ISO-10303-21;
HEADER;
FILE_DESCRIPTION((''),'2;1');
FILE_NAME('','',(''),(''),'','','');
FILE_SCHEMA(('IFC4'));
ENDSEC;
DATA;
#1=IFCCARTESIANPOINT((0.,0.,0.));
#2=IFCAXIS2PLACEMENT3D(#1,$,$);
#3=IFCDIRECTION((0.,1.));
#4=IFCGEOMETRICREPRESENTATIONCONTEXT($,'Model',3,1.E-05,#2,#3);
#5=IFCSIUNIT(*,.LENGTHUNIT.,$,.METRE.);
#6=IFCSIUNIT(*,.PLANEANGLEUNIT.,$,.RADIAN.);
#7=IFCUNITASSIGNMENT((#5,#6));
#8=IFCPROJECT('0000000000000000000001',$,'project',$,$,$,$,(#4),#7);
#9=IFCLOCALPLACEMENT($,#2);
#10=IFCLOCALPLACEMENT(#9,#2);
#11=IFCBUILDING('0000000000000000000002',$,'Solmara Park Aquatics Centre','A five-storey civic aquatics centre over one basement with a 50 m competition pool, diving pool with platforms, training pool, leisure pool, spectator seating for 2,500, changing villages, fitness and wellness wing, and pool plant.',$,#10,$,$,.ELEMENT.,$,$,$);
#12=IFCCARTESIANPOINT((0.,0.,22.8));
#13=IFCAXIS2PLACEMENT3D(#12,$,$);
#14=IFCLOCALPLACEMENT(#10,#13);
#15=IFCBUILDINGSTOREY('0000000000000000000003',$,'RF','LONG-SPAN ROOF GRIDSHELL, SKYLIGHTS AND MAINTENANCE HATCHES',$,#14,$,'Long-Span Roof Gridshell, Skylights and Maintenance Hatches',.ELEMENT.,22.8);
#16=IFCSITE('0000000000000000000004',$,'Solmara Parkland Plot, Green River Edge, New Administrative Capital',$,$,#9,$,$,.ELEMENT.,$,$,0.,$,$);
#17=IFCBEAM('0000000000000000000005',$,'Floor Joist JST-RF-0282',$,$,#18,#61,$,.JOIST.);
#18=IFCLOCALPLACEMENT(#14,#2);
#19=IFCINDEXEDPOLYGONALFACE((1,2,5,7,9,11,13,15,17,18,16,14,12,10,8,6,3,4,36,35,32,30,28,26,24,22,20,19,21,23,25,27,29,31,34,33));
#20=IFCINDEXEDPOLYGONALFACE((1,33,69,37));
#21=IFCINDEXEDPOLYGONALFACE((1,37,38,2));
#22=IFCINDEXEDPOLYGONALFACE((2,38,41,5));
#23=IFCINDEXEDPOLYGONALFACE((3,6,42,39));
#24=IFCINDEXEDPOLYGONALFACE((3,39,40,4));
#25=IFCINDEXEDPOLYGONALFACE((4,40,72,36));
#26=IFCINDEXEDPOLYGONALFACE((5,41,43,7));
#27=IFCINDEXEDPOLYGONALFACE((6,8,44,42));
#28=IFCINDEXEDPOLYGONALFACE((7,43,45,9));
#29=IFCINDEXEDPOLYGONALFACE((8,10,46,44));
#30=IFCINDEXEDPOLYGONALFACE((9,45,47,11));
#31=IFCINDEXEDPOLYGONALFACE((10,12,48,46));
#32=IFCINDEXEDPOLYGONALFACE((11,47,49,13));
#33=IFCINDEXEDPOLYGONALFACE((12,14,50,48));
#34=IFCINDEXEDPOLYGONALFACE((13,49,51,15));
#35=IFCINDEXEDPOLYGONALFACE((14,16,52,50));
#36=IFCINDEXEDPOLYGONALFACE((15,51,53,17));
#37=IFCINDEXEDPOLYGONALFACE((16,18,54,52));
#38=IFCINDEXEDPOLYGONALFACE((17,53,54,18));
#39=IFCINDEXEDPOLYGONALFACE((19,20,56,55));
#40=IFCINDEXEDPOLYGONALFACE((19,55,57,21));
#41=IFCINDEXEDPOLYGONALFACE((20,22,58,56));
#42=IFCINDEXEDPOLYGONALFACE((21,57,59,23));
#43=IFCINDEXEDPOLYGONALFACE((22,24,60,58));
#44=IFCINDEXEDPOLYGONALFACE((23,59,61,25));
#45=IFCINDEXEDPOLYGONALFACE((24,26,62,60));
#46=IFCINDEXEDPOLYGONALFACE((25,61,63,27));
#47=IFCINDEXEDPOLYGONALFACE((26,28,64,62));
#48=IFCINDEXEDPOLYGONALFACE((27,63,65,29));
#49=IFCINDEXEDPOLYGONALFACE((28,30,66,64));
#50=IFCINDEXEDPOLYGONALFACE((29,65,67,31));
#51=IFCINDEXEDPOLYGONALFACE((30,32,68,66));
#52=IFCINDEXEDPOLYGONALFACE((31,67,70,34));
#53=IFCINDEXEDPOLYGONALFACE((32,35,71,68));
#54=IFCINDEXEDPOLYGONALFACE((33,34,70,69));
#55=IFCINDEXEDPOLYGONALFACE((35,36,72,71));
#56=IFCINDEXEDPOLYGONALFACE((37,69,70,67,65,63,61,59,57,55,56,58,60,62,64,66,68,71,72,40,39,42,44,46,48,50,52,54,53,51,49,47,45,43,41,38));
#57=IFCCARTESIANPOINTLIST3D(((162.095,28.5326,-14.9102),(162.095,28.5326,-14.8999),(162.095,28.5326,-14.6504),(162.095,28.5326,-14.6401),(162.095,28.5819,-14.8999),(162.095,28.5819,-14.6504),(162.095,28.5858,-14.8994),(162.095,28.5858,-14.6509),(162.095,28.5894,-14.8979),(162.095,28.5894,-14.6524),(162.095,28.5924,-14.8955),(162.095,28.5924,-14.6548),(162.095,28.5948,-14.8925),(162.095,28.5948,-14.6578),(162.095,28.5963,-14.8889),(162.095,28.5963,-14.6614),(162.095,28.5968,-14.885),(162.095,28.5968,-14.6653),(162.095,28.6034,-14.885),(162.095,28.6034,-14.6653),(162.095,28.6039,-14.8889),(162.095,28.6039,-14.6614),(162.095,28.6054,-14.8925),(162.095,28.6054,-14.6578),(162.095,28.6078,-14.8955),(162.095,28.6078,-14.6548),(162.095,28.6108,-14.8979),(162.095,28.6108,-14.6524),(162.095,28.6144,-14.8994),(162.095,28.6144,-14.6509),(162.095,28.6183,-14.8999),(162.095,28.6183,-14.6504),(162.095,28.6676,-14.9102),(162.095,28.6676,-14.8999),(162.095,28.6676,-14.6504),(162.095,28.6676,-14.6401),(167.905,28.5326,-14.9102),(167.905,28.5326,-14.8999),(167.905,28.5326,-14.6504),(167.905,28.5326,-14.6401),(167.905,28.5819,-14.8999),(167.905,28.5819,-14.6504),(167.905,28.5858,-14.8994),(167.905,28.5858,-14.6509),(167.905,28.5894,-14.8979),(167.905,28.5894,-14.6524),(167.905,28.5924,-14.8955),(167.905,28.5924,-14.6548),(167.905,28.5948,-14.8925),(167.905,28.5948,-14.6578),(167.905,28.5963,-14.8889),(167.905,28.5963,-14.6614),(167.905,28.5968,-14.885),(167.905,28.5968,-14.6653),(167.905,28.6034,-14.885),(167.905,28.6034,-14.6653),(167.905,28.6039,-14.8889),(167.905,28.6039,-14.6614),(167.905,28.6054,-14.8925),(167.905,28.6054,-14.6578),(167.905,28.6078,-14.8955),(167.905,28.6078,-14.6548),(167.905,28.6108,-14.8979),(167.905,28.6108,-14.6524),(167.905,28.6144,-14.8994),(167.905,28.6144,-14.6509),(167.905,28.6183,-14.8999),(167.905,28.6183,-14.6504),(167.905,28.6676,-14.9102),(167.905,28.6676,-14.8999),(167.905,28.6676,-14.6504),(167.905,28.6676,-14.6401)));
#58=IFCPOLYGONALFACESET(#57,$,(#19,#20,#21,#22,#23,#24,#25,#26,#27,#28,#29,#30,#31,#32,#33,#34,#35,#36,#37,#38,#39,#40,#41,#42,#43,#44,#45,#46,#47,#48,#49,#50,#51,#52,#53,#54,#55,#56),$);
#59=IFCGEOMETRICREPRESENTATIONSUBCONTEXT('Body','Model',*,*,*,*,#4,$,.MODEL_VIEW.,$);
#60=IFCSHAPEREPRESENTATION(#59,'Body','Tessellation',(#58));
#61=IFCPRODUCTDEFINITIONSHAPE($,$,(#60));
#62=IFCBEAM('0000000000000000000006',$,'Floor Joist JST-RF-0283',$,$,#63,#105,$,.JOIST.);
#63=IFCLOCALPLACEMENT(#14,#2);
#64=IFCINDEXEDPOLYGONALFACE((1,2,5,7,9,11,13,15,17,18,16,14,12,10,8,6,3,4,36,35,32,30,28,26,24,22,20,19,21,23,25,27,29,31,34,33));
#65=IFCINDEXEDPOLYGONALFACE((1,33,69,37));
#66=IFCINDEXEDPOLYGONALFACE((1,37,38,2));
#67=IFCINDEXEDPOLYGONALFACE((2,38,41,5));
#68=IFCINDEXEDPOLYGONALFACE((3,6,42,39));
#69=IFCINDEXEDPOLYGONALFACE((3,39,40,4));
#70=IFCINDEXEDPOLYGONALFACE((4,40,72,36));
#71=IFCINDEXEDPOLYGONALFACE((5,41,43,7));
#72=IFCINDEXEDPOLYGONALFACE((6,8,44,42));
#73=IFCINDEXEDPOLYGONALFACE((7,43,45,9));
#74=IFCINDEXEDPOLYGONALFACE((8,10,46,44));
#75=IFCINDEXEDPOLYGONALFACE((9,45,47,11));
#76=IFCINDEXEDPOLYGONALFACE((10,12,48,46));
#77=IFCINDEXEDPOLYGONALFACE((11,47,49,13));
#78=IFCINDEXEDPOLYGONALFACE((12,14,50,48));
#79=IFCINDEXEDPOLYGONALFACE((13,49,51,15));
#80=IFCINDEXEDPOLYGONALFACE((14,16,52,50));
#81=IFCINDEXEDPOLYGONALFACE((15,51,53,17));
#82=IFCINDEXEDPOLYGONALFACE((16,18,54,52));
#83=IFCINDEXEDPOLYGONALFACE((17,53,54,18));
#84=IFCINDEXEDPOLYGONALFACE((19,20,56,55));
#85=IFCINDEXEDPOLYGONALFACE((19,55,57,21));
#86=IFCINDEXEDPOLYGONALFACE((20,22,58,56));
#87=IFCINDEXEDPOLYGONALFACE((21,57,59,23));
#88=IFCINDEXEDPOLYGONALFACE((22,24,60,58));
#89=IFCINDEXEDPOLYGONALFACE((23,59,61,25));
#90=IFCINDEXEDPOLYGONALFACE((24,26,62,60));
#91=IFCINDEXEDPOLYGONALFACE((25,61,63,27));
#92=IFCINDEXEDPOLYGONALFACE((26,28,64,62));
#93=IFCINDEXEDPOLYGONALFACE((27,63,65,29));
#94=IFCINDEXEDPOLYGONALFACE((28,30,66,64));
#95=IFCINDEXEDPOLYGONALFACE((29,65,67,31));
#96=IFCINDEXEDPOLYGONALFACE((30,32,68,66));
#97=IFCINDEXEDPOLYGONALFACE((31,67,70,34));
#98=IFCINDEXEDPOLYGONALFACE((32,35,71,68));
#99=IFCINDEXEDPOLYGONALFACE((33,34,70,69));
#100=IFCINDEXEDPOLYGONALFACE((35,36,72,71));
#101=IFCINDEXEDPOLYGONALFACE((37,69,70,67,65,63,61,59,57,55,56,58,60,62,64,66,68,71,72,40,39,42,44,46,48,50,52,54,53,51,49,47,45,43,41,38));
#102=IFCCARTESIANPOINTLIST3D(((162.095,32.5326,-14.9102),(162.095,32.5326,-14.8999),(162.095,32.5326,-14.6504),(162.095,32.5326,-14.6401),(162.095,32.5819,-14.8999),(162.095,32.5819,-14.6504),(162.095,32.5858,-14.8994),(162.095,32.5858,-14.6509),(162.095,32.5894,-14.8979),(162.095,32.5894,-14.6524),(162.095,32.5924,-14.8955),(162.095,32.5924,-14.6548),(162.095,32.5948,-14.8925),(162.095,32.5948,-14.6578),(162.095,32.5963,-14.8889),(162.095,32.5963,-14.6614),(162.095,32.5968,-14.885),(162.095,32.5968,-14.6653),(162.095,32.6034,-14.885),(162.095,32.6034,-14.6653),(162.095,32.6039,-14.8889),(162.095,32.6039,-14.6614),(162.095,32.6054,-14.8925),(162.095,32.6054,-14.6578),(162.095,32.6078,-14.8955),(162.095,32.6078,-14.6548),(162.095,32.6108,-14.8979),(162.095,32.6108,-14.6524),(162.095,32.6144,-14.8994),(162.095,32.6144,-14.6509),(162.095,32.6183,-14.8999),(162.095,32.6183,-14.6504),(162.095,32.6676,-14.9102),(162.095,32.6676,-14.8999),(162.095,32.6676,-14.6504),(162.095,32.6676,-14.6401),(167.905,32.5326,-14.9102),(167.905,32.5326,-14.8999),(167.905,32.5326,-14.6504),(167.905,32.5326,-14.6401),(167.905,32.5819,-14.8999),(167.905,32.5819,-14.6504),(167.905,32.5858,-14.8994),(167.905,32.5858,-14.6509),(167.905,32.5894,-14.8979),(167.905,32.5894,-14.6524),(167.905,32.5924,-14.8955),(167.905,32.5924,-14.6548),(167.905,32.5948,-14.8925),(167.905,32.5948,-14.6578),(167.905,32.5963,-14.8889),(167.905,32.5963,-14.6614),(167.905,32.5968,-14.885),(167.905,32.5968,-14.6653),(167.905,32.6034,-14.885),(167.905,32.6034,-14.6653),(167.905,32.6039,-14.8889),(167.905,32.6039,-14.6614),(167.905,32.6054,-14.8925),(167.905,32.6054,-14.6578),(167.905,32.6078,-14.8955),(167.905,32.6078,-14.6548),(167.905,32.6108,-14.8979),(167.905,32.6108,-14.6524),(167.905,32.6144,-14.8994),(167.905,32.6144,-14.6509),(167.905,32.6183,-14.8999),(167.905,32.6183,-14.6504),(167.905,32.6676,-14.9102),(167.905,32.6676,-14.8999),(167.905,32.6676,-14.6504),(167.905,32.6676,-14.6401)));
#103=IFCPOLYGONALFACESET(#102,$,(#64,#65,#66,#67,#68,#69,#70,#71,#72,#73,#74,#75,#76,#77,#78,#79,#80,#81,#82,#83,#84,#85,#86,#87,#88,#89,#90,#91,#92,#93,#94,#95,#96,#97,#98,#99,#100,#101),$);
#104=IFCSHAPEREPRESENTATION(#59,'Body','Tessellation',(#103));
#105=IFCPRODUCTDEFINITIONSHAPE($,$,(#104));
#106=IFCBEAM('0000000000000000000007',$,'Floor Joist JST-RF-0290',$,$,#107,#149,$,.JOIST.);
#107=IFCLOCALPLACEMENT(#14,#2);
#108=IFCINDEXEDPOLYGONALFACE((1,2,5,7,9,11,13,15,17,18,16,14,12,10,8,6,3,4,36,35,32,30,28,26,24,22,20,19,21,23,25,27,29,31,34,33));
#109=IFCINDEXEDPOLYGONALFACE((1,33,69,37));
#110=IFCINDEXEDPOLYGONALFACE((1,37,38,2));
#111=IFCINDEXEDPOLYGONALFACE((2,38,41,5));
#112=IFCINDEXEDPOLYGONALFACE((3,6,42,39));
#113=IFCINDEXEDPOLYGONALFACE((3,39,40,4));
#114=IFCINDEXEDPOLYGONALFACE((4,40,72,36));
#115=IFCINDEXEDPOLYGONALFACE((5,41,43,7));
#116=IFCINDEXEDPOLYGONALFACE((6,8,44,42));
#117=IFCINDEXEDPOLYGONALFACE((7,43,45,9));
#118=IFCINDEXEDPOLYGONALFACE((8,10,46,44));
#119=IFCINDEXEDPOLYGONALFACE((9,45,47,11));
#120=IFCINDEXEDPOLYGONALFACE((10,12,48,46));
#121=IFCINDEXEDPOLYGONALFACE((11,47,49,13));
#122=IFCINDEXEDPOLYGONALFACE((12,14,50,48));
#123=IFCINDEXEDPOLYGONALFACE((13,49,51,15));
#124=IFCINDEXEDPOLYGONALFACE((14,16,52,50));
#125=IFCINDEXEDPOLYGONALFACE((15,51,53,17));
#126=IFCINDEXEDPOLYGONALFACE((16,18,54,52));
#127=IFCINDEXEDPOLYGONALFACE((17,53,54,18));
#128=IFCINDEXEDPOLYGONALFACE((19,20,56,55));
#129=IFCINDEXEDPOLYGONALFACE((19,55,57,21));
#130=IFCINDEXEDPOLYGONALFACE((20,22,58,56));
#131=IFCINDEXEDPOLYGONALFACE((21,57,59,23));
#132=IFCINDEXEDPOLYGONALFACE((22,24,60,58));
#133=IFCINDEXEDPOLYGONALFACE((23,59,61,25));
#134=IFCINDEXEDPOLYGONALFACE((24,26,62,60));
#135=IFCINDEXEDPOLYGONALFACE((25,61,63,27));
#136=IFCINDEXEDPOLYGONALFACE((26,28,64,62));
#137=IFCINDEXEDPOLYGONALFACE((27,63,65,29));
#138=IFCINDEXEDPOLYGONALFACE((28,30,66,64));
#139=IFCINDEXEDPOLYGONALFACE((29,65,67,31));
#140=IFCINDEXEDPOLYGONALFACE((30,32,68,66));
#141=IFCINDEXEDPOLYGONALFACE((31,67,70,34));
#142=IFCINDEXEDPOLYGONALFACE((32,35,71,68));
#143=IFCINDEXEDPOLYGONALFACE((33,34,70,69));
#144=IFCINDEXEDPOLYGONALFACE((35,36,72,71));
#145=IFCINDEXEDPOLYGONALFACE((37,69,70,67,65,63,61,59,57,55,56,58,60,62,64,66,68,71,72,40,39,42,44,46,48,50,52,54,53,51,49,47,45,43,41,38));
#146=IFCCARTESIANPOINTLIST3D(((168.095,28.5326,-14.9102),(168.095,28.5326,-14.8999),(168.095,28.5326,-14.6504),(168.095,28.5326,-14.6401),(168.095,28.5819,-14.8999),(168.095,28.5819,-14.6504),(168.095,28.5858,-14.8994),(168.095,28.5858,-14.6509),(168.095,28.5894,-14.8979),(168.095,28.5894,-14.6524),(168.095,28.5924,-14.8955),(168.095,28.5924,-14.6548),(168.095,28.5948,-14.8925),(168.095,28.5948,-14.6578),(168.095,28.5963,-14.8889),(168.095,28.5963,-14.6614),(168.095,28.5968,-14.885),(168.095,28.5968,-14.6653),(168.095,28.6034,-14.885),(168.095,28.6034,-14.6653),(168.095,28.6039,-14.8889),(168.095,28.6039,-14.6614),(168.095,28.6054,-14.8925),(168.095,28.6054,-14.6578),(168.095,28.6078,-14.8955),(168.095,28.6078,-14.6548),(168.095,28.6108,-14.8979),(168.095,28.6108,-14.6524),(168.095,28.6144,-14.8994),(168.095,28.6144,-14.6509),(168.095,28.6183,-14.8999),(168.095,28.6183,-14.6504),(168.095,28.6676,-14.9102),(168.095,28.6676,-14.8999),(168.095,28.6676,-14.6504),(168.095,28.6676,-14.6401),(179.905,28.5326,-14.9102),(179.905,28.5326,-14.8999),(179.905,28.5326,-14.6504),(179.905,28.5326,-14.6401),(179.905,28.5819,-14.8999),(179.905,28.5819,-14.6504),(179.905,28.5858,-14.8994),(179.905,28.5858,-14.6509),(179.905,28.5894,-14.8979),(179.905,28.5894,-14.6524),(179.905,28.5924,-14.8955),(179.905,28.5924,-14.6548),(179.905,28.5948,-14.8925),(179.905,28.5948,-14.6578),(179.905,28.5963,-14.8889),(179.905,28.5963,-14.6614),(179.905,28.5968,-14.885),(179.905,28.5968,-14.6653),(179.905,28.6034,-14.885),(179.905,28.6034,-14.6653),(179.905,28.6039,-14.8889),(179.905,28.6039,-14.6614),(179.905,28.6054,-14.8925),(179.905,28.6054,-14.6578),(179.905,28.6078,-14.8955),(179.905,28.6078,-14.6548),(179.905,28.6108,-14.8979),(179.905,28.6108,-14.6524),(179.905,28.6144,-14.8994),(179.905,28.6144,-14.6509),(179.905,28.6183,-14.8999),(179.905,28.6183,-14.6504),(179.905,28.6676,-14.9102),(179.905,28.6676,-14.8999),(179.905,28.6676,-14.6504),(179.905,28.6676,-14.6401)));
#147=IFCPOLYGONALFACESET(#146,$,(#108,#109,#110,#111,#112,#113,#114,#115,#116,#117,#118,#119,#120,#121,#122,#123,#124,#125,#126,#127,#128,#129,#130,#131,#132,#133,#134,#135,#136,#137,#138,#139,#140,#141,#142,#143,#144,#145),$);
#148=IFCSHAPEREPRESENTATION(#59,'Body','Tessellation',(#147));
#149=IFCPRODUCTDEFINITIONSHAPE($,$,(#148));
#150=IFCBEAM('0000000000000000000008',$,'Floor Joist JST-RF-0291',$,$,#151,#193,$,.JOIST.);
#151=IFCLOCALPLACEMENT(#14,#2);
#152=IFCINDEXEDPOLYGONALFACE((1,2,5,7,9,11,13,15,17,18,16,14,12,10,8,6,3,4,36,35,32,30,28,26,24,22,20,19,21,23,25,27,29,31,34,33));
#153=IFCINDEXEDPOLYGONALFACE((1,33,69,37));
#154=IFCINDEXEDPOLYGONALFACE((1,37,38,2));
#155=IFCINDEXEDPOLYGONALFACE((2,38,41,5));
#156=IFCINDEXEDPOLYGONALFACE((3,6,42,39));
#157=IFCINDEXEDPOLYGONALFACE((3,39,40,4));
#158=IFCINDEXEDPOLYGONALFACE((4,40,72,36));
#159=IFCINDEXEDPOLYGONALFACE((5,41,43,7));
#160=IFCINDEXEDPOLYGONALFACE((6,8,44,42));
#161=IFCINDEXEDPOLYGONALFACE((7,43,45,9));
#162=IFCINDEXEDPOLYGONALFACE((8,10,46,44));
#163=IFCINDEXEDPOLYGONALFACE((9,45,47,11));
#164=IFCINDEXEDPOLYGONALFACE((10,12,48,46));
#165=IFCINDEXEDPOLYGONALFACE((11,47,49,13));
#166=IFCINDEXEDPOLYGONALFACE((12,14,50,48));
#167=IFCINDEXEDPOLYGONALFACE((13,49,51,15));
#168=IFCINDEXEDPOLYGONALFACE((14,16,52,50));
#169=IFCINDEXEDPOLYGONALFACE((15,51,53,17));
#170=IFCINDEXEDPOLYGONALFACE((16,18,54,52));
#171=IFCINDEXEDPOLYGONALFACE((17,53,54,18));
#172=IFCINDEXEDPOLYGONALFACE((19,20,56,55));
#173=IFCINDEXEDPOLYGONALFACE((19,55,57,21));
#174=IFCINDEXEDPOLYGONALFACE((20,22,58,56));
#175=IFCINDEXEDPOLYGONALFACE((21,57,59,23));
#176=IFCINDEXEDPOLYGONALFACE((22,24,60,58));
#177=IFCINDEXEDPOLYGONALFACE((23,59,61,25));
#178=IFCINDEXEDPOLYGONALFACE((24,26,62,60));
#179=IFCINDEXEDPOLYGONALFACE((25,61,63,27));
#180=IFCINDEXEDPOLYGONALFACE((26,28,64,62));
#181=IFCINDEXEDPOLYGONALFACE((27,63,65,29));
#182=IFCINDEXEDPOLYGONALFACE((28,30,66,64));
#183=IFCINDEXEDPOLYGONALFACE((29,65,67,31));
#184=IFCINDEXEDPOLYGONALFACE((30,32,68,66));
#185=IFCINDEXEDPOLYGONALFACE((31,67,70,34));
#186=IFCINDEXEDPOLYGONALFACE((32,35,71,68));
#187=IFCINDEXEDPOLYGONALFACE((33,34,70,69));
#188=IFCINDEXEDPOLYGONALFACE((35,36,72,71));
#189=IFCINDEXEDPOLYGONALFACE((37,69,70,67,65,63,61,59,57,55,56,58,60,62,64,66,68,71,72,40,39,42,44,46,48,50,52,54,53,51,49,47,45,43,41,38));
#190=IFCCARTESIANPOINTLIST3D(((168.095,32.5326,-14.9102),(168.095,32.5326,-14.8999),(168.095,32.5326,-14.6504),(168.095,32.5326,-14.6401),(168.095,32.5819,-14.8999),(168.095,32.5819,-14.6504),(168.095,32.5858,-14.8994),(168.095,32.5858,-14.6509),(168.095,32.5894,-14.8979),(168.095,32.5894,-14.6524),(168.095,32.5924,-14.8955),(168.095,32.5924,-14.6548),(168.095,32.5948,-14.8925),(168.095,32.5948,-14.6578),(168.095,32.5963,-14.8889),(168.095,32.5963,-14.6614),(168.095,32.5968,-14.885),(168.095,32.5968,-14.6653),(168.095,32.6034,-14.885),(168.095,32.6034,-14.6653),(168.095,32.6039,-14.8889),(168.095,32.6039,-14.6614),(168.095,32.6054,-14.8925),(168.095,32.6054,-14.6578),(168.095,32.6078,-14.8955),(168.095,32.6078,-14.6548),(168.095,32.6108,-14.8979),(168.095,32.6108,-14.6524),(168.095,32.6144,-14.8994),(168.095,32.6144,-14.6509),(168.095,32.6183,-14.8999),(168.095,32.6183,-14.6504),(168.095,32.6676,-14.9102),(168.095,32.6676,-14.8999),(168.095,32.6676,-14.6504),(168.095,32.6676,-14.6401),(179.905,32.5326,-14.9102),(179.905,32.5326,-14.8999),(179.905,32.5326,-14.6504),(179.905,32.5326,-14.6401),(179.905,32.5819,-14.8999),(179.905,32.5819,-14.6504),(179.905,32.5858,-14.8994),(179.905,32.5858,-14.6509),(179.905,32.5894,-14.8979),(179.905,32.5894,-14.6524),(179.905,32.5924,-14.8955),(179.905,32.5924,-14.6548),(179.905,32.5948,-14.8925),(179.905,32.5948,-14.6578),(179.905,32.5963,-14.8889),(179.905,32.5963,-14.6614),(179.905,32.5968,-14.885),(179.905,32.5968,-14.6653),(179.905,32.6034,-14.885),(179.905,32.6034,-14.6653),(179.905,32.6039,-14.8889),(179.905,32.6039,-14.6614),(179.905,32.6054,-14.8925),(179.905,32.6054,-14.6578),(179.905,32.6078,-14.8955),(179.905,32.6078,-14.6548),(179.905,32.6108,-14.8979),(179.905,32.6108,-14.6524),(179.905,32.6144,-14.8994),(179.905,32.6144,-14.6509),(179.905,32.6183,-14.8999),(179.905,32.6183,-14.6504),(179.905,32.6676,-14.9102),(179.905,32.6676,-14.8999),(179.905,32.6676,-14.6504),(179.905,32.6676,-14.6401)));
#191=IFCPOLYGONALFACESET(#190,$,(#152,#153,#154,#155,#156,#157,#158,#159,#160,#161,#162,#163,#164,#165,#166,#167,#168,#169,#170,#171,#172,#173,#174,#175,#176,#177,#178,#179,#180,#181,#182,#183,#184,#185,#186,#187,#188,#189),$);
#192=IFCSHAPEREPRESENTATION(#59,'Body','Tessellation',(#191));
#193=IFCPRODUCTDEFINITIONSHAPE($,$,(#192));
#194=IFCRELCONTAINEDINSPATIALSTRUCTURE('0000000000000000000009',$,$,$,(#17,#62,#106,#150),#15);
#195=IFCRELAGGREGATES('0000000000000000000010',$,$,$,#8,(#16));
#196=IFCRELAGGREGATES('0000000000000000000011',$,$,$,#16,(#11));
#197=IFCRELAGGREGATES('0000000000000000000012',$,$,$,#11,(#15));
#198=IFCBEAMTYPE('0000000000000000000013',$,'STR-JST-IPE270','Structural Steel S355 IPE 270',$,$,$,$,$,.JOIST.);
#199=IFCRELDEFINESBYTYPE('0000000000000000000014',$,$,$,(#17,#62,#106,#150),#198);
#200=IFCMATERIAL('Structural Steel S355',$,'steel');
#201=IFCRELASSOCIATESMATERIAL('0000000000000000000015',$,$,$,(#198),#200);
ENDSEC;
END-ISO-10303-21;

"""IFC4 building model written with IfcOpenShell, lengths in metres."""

from ifc_helpers import new_model, si_unit, direction, frame, origin, origin_2d, place, context, subcontext, project, spatial, i_section, extrude, material, material_profile, profile_set, type_object, element, save


model = new_model("IFC4")

# Units and contexts
model_context = context("Model", 3, precision=1e-05, world=origin(), true_north=direction((0.0, 1.0)))
body_context = subcontext(model_context, "Body", "Model", "MODEL_VIEW")
ifc_project = project(units=[si_unit("LENGTHUNIT", "METRE"), si_unit("PLANEANGLEUNIT", "RADIAN")], contexts=[model_context])

# Site, building, storey
site_placement = place(None, origin())
site = spatial("IfcSite", under=ifc_project, at=site_placement, Name="Solmara Parkland Plot, Green River Edge, New Administrative Capital", CompositionType="ELEMENT", RefElevation=0.0)
building_placement = place(site_placement, origin())
building = spatial("IfcBuilding", under=site, at=building_placement, Name="Solmara Park Aquatics Centre", Description="A five-storey civic aquatics centre over one basement with a 50 m competition pool, diving pool with platforms, training pool, leisure pool, spectator seating for 2,500, changing villages, fitness and wellness wing, and pool plant.", CompositionType="ELEMENT")
storey_placement = place(building_placement, frame((0.0, 0.0, 22.8)))
storey = spatial("IfcBuildingStorey", under=building, at=storey_placement, Name="RF", Description="LONG-SPAN ROOF GRIDSHELL, SKYLIGHTS AND MAINTENANCE HATCHES", LongName="Long-Span Roof Gridshell, Skylights and Maintenance Hatches", CompositionType="ELEMENT", Elevation=22.8)

# Beams
ifc_material = material(Name="Structural Steel S355", Category="steel")
ifc_material_profile_1 = material_profile(ifc_material, i_section(OverallWidth=0.135, OverallDepth=0.27, WebThickness=0.0066, FlangeThickness=0.0103, FilletRadius=0.0149, at=origin_2d()), Name="IPE 270")
ifc_profile_set_1 = profile_set([ifc_material_profile_1], Name="Structural Steel S355")
beam_type_1 = type_object("IfcBeamType", Name="STR-JST-IPE270", Description="Structural Steel S355 IPE 270", PredefinedType="JOIST", material=ifc_profile_set_1)
for number, where, z_axis, x_axis, name in (
    (1, (162.095, 28.6001, -14.7751), (1.0, 0.0, 0.0), (0.0, 1.0, 0.0), "Floor Joist JST-RF-0282"),
    (2, (162.095, 32.6001, -14.7751), (1.0, 0.0, 0.0), (0.0, 1.0, 0.0), "Floor Joist JST-RF-0283"),
):
    element("IfcBeam", number, at=place(storey_placement, frame(where, z_axis=z_axis, x_axis=x_axis)), inside=storey, type_object=beam_type_1, Name=name, PredefinedType="JOIST", context=body_context, shape_type="SweptSolid", body=[
        extrude(i_section(OverallWidth=0.135, OverallDepth=0.27, WebThickness=0.0066, FlangeThickness=0.0103, FilletRadius=0.0149, at=origin_2d()), origin(), (0.0, 0.0, 1.0), 5.8101),
    ])
for number, where, z_axis, x_axis, name in (
    (3, (168.095, 28.6001, -14.7751), (1.0, 0.0, 0.0), (0.0, 1.0, 0.0), "Floor Joist JST-RF-0290"),
    (4, (168.095, 32.6001, -14.7751), (1.0, 0.0, 0.0), (0.0, 1.0, 0.0), "Floor Joist JST-RF-0291"),
):
    element("IfcBeam", number, at=place(storey_placement, frame(where, z_axis=z_axis, x_axis=x_axis)), inside=storey, type_object=beam_type_1, Name=name, PredefinedType="JOIST", context=body_context, shape_type="SweptSolid", body=[
        extrude(i_section(OverallWidth=0.135, OverallDepth=0.27, WebThickness=0.0066, FlangeThickness=0.0103, FilletRadius=0.0149, at=origin_2d()), origin(), (0.0, 0.0, 1.0), 11.8101),
    ])

save(model, "model.ifc")
